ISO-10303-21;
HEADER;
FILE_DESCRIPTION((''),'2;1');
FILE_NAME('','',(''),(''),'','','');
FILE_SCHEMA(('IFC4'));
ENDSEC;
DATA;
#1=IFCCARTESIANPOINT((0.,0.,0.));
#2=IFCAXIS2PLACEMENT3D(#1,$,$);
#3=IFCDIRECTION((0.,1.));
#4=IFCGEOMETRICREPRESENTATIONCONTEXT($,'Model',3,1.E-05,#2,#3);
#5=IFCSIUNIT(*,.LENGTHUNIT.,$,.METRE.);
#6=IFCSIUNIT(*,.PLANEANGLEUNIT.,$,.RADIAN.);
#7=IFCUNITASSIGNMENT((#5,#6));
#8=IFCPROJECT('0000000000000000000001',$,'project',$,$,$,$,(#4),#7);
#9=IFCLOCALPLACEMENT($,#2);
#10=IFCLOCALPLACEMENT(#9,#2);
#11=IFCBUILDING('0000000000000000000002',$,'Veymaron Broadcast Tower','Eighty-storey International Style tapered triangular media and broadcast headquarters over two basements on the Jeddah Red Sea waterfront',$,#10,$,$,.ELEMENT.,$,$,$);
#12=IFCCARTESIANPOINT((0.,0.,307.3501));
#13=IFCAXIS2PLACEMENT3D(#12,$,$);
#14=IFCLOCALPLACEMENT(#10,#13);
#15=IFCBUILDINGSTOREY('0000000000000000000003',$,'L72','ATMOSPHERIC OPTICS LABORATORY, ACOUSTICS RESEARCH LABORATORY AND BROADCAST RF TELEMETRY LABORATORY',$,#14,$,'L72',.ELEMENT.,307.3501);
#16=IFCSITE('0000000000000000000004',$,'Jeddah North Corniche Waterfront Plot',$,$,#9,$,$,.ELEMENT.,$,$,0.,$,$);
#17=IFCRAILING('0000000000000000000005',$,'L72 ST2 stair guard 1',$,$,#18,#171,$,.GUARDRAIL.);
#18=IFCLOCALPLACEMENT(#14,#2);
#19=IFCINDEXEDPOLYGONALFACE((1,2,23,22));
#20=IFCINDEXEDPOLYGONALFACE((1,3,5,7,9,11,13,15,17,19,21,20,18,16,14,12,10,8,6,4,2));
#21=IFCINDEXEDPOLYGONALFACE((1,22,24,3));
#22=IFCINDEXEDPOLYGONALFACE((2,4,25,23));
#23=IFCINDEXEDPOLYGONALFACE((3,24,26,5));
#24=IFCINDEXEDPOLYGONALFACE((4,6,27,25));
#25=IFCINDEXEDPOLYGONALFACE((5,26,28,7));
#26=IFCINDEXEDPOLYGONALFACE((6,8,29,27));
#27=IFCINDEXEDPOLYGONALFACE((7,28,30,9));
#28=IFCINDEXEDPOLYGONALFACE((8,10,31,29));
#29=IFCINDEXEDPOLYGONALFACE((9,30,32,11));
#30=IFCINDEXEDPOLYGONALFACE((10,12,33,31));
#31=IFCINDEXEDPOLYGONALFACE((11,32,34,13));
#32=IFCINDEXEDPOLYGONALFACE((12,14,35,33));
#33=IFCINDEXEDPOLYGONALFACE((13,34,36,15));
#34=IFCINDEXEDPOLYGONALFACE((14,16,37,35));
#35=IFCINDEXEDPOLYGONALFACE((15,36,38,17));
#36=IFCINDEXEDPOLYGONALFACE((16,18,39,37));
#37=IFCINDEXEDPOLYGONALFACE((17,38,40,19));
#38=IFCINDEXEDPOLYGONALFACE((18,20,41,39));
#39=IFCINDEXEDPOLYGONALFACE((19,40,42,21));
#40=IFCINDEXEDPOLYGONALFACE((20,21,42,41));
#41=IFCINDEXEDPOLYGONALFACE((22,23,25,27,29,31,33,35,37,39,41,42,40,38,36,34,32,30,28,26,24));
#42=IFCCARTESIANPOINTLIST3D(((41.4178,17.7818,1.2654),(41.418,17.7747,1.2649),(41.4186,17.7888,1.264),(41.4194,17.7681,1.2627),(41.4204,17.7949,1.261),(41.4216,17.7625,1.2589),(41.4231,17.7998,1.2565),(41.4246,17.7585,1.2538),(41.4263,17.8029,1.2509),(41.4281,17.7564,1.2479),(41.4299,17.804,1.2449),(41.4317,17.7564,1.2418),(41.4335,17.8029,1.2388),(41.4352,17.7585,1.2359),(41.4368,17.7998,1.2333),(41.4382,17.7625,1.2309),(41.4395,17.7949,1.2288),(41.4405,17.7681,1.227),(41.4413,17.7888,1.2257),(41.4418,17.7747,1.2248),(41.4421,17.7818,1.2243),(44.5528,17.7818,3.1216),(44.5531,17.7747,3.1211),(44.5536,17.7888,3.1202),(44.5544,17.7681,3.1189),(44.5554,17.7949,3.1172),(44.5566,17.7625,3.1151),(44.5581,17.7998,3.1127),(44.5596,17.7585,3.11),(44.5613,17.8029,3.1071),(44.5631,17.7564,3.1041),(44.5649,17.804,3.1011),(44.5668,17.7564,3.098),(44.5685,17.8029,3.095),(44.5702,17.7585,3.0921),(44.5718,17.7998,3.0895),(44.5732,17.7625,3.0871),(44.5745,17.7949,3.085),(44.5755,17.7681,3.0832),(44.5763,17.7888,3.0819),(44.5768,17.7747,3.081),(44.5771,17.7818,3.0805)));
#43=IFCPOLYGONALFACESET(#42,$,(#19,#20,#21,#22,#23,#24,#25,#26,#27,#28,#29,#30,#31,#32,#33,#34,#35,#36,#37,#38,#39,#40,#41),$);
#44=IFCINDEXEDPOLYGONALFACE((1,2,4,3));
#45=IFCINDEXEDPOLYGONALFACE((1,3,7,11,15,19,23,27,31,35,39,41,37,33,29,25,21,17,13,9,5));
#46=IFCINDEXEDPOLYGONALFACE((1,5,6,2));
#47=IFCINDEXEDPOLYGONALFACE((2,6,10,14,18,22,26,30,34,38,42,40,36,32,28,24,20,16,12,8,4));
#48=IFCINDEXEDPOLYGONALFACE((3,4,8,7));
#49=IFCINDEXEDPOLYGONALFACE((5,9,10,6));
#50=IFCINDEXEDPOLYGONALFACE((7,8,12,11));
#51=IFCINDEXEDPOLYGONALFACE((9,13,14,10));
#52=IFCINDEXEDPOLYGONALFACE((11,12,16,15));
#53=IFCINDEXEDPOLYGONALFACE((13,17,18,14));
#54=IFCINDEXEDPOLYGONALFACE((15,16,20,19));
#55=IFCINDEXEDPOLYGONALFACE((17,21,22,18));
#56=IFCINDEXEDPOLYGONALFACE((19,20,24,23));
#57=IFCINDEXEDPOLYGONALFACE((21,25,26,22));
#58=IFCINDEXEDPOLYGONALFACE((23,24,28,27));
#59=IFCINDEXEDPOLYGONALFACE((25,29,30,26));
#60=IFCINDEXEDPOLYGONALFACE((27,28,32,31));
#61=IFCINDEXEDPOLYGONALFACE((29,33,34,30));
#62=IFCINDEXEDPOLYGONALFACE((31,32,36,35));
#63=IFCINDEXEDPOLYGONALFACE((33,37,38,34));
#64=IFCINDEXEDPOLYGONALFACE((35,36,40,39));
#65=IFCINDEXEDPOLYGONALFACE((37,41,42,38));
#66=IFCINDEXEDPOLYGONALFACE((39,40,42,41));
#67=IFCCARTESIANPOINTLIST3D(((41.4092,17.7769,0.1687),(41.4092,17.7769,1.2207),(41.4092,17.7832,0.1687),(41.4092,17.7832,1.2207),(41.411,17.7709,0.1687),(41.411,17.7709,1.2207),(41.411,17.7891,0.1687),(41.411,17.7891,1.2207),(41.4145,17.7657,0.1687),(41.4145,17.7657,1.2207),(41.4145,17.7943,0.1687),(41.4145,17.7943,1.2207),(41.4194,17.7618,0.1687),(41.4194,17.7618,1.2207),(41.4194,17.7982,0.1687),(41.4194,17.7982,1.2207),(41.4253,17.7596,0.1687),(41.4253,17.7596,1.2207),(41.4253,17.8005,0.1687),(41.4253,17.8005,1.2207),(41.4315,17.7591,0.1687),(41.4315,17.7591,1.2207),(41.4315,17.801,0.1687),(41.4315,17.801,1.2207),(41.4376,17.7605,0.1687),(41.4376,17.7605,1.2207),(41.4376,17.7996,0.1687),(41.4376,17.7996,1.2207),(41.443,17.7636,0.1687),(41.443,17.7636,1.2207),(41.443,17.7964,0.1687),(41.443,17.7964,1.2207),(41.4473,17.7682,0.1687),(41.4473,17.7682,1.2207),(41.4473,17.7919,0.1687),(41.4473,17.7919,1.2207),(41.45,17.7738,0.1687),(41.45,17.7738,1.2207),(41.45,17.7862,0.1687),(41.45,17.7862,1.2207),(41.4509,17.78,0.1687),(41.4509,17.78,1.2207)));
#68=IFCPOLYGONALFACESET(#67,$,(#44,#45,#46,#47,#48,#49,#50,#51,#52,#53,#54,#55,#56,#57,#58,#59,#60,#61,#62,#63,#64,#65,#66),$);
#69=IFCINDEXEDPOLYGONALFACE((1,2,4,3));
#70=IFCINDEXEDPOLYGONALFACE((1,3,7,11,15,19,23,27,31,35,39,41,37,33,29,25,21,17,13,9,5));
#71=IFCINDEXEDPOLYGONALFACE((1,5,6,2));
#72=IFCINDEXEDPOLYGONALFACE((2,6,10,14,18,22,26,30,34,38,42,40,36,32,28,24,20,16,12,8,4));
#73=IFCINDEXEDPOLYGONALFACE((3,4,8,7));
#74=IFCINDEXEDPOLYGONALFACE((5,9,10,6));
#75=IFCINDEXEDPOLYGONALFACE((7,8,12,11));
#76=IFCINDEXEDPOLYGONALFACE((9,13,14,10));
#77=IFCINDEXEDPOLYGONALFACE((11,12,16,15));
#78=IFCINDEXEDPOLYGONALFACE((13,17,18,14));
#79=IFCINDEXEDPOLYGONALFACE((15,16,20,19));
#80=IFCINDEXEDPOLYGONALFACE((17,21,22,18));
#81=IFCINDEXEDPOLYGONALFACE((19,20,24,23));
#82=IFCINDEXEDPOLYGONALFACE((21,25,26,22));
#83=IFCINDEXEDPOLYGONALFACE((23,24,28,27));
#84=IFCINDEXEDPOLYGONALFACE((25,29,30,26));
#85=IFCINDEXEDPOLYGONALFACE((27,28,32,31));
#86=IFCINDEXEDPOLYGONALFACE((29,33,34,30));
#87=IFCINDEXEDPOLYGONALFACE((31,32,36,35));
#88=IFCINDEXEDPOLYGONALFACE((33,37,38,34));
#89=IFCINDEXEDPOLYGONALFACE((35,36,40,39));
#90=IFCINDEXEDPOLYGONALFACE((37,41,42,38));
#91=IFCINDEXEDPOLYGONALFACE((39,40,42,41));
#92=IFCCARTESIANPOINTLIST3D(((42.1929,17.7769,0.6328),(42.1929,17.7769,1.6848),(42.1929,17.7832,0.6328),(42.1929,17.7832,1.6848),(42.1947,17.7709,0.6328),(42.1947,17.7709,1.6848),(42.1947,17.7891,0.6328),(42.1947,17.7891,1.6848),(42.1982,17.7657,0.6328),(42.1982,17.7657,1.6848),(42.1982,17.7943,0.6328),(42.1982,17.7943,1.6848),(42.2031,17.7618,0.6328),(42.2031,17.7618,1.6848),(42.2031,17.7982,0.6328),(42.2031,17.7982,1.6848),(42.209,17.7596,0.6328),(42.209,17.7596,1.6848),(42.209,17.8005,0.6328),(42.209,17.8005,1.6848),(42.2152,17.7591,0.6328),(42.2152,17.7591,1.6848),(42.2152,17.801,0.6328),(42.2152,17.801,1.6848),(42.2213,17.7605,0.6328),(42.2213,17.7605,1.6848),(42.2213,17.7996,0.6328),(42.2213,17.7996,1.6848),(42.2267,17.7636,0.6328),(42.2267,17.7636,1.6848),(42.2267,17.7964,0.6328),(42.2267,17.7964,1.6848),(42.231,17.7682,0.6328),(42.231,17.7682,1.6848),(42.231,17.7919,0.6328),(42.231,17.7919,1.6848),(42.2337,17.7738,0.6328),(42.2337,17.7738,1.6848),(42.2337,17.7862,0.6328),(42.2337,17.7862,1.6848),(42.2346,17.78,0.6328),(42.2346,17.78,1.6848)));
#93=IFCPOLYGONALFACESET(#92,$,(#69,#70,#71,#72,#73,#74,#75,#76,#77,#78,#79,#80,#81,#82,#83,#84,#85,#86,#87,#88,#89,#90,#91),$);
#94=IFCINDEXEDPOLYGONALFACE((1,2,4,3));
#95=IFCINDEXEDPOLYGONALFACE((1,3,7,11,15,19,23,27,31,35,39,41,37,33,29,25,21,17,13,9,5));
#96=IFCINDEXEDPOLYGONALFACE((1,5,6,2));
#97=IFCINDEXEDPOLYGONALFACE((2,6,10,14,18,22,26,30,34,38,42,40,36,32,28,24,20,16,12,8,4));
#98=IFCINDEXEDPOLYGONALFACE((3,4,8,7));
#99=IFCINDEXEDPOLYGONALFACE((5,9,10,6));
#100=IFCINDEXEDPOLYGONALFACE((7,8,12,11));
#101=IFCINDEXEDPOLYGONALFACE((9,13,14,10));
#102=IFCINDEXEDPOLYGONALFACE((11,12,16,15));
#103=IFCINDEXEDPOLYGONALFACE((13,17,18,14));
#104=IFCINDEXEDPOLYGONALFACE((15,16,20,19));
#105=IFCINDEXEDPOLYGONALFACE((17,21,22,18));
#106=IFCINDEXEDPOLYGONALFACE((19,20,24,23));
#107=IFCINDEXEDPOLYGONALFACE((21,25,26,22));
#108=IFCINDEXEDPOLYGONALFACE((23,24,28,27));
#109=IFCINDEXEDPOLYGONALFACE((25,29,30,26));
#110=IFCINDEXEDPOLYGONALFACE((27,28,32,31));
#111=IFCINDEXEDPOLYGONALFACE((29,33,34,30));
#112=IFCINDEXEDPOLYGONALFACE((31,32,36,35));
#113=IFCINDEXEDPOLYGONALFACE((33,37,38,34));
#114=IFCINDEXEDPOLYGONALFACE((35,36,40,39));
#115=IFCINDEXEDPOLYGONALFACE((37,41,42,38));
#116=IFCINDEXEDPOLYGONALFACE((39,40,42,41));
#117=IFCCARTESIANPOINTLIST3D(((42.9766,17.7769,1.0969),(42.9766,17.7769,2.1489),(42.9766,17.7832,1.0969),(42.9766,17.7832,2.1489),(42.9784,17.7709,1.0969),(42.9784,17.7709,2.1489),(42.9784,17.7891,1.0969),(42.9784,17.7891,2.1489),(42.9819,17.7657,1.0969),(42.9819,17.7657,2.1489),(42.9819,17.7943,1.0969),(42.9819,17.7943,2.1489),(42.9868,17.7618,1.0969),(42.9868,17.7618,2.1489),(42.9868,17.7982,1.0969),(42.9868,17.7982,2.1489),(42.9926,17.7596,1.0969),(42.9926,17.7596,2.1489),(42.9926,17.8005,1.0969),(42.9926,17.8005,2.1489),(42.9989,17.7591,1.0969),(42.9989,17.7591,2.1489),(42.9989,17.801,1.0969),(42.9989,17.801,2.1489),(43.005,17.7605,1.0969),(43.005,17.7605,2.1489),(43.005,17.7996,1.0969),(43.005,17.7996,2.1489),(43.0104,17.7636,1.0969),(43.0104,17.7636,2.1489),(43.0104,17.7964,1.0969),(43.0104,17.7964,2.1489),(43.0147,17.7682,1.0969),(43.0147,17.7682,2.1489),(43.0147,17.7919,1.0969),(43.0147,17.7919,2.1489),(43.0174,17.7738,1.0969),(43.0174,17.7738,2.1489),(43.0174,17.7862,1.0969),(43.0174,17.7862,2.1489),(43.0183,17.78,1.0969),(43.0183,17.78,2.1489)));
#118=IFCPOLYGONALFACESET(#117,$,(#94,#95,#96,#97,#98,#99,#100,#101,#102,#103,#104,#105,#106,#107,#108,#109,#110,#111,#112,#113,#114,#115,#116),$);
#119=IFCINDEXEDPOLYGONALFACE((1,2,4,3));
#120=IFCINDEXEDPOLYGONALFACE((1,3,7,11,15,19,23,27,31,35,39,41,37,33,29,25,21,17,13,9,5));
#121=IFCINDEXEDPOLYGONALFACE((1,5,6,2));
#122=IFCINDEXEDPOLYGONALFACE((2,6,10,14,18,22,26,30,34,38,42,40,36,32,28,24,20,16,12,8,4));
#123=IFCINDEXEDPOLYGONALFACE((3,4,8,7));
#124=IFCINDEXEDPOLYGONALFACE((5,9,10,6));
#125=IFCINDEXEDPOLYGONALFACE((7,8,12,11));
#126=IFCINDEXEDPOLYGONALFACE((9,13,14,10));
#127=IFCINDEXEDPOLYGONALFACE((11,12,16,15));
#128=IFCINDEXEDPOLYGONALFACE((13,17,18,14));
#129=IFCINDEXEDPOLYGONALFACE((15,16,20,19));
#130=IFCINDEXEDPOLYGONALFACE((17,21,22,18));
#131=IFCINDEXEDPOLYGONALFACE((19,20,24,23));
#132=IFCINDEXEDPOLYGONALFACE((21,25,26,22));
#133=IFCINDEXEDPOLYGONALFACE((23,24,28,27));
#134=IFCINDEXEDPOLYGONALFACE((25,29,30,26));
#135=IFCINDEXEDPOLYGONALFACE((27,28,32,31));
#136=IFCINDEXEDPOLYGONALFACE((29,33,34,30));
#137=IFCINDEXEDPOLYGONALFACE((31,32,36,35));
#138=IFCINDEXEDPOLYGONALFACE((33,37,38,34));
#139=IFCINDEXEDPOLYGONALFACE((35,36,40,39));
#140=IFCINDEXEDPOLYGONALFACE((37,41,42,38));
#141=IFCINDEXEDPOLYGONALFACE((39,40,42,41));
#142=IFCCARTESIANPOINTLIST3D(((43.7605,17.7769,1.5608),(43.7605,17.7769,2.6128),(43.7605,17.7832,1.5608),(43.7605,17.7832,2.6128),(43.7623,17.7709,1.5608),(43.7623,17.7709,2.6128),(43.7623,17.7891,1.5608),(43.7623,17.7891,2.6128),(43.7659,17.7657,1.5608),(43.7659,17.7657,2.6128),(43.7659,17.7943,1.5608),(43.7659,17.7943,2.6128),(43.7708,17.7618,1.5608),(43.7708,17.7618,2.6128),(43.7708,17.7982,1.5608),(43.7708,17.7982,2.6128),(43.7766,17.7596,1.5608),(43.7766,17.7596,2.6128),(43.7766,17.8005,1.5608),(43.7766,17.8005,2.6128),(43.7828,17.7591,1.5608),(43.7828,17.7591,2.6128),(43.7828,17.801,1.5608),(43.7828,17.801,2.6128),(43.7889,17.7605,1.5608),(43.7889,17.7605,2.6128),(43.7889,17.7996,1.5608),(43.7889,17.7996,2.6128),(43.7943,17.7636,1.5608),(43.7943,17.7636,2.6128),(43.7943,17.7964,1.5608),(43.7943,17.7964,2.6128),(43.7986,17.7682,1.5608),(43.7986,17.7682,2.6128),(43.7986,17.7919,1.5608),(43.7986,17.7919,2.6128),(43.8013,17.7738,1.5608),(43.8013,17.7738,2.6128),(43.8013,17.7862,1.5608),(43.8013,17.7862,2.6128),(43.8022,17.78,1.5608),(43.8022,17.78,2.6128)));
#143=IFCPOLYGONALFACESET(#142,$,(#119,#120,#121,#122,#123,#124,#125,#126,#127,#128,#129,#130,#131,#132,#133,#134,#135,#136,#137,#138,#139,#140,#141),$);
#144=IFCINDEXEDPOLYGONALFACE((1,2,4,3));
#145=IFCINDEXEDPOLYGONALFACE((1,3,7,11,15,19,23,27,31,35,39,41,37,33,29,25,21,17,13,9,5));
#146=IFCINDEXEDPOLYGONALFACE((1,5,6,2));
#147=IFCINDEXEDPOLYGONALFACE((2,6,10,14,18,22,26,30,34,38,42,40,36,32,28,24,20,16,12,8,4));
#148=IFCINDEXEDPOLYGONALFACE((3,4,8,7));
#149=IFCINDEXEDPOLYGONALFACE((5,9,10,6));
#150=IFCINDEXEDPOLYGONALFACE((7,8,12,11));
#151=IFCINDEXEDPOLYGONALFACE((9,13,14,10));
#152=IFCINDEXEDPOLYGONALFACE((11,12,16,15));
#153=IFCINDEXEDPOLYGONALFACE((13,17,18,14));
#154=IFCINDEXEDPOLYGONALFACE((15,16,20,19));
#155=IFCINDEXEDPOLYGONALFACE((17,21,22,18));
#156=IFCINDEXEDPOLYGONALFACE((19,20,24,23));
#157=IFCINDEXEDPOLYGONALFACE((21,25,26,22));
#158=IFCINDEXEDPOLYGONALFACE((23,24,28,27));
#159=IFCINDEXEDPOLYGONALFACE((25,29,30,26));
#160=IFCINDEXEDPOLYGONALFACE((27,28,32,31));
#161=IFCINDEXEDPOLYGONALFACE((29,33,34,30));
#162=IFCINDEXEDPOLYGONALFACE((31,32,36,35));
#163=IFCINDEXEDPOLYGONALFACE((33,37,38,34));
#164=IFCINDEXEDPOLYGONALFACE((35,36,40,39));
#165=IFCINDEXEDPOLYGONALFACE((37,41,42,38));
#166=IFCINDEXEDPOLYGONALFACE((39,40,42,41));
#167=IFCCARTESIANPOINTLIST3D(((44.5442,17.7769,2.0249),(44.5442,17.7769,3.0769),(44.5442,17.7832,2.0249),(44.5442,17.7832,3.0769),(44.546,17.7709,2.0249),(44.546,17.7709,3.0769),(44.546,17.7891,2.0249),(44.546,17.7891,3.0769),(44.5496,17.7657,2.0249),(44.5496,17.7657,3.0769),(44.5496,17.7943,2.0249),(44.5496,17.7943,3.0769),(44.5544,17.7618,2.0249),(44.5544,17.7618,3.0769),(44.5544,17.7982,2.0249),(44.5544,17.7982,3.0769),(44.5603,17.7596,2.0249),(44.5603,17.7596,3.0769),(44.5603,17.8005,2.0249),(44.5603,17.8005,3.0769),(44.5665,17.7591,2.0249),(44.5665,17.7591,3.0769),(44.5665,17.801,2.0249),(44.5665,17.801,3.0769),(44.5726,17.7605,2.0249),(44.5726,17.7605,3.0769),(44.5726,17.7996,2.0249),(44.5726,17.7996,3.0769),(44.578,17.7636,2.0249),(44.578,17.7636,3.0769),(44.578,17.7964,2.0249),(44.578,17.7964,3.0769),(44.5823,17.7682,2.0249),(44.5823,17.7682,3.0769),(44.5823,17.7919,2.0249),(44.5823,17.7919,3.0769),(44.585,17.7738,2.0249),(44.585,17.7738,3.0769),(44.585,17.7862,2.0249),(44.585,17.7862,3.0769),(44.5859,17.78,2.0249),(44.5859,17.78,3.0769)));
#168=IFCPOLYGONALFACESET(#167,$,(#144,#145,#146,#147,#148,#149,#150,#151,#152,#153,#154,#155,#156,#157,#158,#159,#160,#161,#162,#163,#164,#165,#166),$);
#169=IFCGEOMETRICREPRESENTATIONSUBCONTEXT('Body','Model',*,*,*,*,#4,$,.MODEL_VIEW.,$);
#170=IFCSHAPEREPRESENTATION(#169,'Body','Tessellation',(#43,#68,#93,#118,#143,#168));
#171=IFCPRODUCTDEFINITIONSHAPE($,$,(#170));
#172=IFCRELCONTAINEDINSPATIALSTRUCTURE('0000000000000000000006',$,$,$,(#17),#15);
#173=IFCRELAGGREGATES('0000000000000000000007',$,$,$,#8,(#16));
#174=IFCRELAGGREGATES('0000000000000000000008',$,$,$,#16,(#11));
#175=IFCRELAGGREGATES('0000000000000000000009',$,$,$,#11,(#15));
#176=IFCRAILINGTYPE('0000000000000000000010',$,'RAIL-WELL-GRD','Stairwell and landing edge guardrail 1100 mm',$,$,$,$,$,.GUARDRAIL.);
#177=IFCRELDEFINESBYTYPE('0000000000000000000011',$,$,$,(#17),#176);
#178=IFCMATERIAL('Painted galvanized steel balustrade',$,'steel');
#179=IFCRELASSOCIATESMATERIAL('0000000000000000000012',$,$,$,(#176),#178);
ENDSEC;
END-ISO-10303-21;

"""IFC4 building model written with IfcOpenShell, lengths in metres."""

from ifc_helpers import new_model, si_unit, direction, frame, origin, origin_2d, place, context, subcontext, project, spatial, circle, extrude, material, type_object, element, save


model = new_model("IFC4")

# Units and contexts
model_context = context("Model", 3, precision=1e-05, world=origin(), true_north=direction((0.0, 1.0)))
body_context = subcontext(model_context, "Body", "Model", "MODEL_VIEW")
ifc_project = project(units=[si_unit("LENGTHUNIT", "METRE"), si_unit("PLANEANGLEUNIT", "RADIAN")], contexts=[model_context])

# Site, building, storey
site_placement = place(None, origin())
site = spatial("IfcSite", under=ifc_project, at=site_placement, Name="Jeddah North Corniche Waterfront Plot", CompositionType="ELEMENT", RefElevation=0.0)
building_placement = place(site_placement, origin())
building = spatial("IfcBuilding", under=site, at=building_placement, Name="Veymaron Broadcast Tower", Description="Eighty-storey International Style tapered triangular media and broadcast headquarters over two basements on the Jeddah Red Sea waterfront", CompositionType="ELEMENT")
storey_placement = place(building_placement, frame((0.0, 0.0, 307.3501)))
storey = spatial("IfcBuildingStorey", under=building, at=storey_placement, Name="L72", Description="ATMOSPHERIC OPTICS LABORATORY, ACOUSTICS RESEARCH LABORATORY AND BROADCAST RF TELEMETRY LABORATORY", LongName="L72", CompositionType="ELEMENT", Elevation=307.3501)

# Railing
ifc_material_1 = material(Name="Painted galvanized steel balustrade", Category="steel")
railing_type_1 = type_object("IfcRailingType", Name="RAIL-WELL-GRD", Description="Stairwell and landing edge guardrail 1100 mm", PredefinedType="GUARDRAIL", material=ifc_material_1)
railing_1_placement = place(storey_placement, frame((41.4299, 17.78, 0.1687)))
element("IfcRailing", 1, at=railing_1_placement, inside=storey, type_object=railing_type_1, Name="L72 ST2 stair guard 1", PredefinedType="GUARDRAIL", context=body_context, shape_type="SweptSolid", body=[
    extrude(circle(Radius=0.0239, at=origin_2d()), frame((0.0, 0.0, 1.0762), z_axis=(0.860482, 0.0, 0.509481), x_axis=(0.0, 1.0, 0.0)), (0.0, 0.0, 1.0), 3.6433),
    extrude(circle(Radius=0.021, at=origin_2d()), origin(), (0.0, 0.0, 1.0), 1.052),
    extrude(circle(Radius=0.021, at=origin_2d()), frame((0.7837, 0.0, 0.4641)), (0.0, 0.0, 1.0), 1.052),
    extrude(circle(Radius=0.021, at=origin_2d()), frame((1.5674, 0.0, 0.9282)), (0.0, 0.0, 1.0), 1.052),
    extrude(circle(Radius=0.021, at=origin_2d()), frame((2.3513, 0.0, 1.3921)), (0.0, 0.0, 1.0), 1.052),
    extrude(circle(Radius=0.021, at=origin_2d()), frame((3.135, 0.0, 1.8562)), (0.0, 0.0, 1.0), 1.052),
])

save(model, "model.ifc")
